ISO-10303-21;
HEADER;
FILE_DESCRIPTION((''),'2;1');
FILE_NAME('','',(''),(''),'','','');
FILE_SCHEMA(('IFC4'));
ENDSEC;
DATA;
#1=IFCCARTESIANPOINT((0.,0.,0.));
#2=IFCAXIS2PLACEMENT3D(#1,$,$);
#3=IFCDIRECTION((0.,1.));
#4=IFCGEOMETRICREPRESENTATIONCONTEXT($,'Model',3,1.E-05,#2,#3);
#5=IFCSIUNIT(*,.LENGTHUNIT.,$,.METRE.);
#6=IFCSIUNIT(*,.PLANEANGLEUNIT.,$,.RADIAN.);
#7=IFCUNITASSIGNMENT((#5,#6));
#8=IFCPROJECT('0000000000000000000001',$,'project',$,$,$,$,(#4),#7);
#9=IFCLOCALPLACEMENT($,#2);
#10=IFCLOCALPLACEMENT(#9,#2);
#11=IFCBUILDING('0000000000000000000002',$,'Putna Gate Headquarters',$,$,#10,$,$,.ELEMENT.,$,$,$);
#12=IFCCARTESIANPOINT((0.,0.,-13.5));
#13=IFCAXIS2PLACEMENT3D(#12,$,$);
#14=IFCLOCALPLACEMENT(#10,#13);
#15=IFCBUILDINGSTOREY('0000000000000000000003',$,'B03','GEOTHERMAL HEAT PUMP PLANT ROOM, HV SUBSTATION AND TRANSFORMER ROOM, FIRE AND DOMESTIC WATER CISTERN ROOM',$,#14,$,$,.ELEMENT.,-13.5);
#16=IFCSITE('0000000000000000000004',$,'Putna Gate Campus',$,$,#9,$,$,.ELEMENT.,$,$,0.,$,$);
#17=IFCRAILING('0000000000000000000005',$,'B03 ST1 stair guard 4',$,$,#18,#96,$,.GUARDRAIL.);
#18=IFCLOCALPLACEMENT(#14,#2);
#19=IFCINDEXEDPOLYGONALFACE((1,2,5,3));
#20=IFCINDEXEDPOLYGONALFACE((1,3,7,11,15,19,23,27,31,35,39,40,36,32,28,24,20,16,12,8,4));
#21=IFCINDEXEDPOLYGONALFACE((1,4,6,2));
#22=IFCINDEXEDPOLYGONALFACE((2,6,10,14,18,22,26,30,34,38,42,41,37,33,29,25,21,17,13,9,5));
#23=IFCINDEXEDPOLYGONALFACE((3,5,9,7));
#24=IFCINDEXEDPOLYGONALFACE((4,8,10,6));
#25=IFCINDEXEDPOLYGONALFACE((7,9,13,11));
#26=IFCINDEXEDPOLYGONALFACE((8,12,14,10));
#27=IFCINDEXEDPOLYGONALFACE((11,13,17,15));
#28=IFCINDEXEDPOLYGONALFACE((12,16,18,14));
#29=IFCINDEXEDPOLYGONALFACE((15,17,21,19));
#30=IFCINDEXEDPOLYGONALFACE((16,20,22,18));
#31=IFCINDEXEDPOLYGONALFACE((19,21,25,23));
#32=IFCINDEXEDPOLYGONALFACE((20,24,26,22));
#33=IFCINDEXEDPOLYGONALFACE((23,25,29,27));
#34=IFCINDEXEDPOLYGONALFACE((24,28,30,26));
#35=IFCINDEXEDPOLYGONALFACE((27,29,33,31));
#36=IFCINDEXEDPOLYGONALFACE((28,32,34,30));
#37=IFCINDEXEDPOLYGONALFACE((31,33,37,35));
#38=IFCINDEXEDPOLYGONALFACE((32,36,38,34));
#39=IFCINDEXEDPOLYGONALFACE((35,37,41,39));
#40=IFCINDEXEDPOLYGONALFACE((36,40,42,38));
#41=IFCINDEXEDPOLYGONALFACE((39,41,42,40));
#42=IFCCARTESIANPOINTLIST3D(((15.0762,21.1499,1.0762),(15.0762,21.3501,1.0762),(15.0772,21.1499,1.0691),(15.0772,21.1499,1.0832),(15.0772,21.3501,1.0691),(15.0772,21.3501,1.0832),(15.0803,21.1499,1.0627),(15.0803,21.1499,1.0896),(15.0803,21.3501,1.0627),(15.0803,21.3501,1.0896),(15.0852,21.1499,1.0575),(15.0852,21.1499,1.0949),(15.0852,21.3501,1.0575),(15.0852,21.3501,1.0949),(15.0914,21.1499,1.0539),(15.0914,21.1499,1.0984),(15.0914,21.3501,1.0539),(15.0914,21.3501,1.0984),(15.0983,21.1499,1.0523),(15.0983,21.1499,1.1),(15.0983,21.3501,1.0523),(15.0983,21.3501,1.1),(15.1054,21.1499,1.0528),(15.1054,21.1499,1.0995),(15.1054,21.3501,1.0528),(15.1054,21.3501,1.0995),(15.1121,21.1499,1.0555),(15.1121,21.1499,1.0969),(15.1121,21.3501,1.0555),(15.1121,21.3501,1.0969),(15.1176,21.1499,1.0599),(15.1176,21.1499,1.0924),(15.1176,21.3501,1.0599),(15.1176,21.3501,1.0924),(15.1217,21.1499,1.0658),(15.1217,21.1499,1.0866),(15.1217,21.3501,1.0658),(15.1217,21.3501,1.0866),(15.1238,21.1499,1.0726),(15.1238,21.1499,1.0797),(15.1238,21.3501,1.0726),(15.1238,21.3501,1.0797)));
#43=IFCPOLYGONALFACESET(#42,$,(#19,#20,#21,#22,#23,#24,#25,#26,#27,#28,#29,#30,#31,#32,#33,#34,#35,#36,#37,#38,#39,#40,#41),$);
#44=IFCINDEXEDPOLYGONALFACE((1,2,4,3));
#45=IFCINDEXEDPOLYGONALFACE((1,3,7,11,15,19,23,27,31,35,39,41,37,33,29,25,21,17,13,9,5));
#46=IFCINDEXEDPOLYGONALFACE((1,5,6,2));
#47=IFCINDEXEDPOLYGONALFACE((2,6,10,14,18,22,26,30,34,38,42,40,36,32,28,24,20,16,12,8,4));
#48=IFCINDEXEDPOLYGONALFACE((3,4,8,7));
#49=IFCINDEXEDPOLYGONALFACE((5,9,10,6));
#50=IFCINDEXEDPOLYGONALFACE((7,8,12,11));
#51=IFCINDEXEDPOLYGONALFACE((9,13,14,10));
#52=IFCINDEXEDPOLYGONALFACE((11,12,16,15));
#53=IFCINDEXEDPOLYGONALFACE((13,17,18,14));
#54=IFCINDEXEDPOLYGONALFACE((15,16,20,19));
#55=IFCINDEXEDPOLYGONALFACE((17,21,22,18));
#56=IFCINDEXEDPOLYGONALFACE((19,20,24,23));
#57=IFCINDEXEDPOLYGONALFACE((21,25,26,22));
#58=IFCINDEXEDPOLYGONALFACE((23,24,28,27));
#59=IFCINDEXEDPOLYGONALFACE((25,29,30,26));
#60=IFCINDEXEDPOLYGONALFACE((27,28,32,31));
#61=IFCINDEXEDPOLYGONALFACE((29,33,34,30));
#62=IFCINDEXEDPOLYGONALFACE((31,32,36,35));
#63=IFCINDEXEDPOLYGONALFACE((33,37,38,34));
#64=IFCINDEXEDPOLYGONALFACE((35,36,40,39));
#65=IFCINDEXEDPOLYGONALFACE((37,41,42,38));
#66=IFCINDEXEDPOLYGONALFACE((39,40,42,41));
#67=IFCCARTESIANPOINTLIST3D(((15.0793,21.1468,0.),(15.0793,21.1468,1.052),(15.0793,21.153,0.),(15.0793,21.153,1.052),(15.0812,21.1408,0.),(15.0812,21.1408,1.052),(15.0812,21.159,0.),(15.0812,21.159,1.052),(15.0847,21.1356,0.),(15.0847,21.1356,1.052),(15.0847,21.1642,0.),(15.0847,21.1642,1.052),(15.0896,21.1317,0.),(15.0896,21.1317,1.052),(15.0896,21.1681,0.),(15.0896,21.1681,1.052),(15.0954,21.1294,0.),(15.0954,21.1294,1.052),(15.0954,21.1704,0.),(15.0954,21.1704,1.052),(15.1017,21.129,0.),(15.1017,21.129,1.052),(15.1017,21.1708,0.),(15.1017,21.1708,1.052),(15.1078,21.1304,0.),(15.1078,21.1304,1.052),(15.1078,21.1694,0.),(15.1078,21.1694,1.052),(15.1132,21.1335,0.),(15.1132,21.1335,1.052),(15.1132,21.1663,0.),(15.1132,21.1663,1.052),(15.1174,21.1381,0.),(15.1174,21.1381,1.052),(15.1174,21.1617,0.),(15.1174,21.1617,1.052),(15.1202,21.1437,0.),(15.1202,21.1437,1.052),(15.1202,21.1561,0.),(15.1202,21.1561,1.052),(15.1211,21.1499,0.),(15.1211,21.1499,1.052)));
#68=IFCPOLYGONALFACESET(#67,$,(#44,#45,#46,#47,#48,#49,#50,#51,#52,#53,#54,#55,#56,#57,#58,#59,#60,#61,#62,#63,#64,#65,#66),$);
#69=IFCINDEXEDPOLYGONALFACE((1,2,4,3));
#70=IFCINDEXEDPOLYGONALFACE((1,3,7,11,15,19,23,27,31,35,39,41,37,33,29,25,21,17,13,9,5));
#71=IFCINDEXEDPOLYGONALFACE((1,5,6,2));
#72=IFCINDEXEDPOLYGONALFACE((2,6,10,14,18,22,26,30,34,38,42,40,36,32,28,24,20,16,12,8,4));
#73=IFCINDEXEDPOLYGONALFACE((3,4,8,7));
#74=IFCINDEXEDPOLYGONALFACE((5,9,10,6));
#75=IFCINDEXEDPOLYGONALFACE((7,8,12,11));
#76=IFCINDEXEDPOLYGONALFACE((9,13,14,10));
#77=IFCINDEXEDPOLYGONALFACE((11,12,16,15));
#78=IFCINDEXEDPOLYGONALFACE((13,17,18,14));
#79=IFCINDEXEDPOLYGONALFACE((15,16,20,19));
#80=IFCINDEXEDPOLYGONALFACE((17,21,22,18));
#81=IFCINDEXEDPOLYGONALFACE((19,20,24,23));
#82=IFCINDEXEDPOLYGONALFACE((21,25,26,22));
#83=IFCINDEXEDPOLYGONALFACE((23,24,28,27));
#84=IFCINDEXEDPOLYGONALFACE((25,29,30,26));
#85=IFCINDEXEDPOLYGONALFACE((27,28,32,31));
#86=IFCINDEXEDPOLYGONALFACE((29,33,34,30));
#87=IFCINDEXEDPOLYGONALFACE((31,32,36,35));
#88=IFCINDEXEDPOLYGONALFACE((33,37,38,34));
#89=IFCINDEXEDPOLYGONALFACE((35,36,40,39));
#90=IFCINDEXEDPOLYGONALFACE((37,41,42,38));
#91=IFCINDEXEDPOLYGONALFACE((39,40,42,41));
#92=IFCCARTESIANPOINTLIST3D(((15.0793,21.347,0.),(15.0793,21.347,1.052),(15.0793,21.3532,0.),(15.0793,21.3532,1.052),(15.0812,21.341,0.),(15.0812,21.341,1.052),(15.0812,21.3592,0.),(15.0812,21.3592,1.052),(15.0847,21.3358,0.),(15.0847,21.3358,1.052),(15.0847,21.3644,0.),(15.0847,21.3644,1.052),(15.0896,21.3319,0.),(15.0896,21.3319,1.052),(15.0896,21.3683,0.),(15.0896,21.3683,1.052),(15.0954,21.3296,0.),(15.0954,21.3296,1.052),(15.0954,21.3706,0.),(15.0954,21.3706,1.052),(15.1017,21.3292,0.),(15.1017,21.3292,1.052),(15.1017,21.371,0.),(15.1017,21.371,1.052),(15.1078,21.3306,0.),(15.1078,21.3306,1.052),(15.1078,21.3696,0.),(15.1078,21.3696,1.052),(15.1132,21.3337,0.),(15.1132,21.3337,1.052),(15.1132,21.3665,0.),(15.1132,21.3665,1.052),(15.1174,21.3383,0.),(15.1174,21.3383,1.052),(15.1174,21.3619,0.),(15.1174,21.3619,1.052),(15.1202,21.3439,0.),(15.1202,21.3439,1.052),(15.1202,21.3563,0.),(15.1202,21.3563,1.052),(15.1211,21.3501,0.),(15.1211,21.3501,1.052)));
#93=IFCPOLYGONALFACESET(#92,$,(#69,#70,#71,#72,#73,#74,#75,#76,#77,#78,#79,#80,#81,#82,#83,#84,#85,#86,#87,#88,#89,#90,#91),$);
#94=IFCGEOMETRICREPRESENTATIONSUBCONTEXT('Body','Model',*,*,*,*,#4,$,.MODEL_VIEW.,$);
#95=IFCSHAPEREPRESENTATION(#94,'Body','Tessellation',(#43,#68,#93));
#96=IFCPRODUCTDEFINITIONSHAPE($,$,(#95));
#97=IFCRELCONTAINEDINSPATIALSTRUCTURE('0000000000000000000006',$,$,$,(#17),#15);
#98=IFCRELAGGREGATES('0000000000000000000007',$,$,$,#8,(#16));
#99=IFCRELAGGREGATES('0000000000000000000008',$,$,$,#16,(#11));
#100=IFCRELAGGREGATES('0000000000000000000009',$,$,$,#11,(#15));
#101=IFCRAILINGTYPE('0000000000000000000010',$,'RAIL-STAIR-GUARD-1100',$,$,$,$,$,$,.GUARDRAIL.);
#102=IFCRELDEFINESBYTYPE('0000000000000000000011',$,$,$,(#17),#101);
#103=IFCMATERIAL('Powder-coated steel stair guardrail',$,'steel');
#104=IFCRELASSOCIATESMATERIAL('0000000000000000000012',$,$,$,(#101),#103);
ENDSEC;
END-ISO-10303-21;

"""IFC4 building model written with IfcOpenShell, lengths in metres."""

from ifc_helpers import new_model, si_unit, direction, frame, origin, origin_2d, place, context, subcontext, project, spatial, circle, extrude, material, type_object, element, save


model = new_model("IFC4")

# Units and contexts
model_context = context("Model", 3, precision=1e-05, world=origin(), true_north=direction((0.0, 1.0)))
body_context = subcontext(model_context, "Body", "Model", "MODEL_VIEW")
ifc_project = project(units=[si_unit("LENGTHUNIT", "METRE"), si_unit("PLANEANGLEUNIT", "RADIAN")], contexts=[model_context])

# Site, building, storey
site_placement = place(None, origin())
site = spatial("IfcSite", under=ifc_project, at=site_placement, Name="Putna Gate Campus", CompositionType="ELEMENT", RefElevation=0.0)
building_placement = place(site_placement, origin())
building = spatial("IfcBuilding", under=site, at=building_placement, Name="Putna Gate Headquarters", CompositionType="ELEMENT")
storey_placement = place(building_placement, frame((0.0, 0.0, -13.5)))
storey = spatial("IfcBuildingStorey", under=building, at=storey_placement, Name="B03", Description="GEOTHERMAL HEAT PUMP PLANT ROOM, HV SUBSTATION AND TRANSFORMER ROOM, FIRE AND DOMESTIC WATER CISTERN ROOM", CompositionType="ELEMENT", Elevation=-13.5)

# Railing
ifc_material_1 = material(Name="Powder-coated steel stair guardrail", Category="steel")
railing_type_1 = type_object("IfcRailingType", Name="RAIL-STAIR-GUARD-1100", PredefinedType="GUARDRAIL", material=ifc_material_1)
railing_1_placement = place(storey_placement, frame((15.1001, 21.1499, 0.0)))
element("IfcRailing", 1, at=railing_1_placement, inside=storey, type_object=railing_type_1, Name="B03 ST1 stair guard 4", PredefinedType="GUARDRAIL", context=body_context, shape_type="SweptSolid", body=[
    extrude(circle(Radius=0.0239, at=origin_2d()), frame((0.0, 0.0, 1.0762), z_axis=(0.0, 1.0, 0.0), x_axis=(-1.0, 0.0, 0.0)), (0.0, 0.0, 1.0), 0.2002),
    extrude(circle(Radius=0.021, at=origin_2d()), origin(), (0.0, 0.0, 1.0), 1.052),
    extrude(circle(Radius=0.021, at=origin_2d()), frame((0.0, 0.2002, 0.0)), (0.0, 0.0, 1.0), 1.052),
])

save(model, "model.ifc")
